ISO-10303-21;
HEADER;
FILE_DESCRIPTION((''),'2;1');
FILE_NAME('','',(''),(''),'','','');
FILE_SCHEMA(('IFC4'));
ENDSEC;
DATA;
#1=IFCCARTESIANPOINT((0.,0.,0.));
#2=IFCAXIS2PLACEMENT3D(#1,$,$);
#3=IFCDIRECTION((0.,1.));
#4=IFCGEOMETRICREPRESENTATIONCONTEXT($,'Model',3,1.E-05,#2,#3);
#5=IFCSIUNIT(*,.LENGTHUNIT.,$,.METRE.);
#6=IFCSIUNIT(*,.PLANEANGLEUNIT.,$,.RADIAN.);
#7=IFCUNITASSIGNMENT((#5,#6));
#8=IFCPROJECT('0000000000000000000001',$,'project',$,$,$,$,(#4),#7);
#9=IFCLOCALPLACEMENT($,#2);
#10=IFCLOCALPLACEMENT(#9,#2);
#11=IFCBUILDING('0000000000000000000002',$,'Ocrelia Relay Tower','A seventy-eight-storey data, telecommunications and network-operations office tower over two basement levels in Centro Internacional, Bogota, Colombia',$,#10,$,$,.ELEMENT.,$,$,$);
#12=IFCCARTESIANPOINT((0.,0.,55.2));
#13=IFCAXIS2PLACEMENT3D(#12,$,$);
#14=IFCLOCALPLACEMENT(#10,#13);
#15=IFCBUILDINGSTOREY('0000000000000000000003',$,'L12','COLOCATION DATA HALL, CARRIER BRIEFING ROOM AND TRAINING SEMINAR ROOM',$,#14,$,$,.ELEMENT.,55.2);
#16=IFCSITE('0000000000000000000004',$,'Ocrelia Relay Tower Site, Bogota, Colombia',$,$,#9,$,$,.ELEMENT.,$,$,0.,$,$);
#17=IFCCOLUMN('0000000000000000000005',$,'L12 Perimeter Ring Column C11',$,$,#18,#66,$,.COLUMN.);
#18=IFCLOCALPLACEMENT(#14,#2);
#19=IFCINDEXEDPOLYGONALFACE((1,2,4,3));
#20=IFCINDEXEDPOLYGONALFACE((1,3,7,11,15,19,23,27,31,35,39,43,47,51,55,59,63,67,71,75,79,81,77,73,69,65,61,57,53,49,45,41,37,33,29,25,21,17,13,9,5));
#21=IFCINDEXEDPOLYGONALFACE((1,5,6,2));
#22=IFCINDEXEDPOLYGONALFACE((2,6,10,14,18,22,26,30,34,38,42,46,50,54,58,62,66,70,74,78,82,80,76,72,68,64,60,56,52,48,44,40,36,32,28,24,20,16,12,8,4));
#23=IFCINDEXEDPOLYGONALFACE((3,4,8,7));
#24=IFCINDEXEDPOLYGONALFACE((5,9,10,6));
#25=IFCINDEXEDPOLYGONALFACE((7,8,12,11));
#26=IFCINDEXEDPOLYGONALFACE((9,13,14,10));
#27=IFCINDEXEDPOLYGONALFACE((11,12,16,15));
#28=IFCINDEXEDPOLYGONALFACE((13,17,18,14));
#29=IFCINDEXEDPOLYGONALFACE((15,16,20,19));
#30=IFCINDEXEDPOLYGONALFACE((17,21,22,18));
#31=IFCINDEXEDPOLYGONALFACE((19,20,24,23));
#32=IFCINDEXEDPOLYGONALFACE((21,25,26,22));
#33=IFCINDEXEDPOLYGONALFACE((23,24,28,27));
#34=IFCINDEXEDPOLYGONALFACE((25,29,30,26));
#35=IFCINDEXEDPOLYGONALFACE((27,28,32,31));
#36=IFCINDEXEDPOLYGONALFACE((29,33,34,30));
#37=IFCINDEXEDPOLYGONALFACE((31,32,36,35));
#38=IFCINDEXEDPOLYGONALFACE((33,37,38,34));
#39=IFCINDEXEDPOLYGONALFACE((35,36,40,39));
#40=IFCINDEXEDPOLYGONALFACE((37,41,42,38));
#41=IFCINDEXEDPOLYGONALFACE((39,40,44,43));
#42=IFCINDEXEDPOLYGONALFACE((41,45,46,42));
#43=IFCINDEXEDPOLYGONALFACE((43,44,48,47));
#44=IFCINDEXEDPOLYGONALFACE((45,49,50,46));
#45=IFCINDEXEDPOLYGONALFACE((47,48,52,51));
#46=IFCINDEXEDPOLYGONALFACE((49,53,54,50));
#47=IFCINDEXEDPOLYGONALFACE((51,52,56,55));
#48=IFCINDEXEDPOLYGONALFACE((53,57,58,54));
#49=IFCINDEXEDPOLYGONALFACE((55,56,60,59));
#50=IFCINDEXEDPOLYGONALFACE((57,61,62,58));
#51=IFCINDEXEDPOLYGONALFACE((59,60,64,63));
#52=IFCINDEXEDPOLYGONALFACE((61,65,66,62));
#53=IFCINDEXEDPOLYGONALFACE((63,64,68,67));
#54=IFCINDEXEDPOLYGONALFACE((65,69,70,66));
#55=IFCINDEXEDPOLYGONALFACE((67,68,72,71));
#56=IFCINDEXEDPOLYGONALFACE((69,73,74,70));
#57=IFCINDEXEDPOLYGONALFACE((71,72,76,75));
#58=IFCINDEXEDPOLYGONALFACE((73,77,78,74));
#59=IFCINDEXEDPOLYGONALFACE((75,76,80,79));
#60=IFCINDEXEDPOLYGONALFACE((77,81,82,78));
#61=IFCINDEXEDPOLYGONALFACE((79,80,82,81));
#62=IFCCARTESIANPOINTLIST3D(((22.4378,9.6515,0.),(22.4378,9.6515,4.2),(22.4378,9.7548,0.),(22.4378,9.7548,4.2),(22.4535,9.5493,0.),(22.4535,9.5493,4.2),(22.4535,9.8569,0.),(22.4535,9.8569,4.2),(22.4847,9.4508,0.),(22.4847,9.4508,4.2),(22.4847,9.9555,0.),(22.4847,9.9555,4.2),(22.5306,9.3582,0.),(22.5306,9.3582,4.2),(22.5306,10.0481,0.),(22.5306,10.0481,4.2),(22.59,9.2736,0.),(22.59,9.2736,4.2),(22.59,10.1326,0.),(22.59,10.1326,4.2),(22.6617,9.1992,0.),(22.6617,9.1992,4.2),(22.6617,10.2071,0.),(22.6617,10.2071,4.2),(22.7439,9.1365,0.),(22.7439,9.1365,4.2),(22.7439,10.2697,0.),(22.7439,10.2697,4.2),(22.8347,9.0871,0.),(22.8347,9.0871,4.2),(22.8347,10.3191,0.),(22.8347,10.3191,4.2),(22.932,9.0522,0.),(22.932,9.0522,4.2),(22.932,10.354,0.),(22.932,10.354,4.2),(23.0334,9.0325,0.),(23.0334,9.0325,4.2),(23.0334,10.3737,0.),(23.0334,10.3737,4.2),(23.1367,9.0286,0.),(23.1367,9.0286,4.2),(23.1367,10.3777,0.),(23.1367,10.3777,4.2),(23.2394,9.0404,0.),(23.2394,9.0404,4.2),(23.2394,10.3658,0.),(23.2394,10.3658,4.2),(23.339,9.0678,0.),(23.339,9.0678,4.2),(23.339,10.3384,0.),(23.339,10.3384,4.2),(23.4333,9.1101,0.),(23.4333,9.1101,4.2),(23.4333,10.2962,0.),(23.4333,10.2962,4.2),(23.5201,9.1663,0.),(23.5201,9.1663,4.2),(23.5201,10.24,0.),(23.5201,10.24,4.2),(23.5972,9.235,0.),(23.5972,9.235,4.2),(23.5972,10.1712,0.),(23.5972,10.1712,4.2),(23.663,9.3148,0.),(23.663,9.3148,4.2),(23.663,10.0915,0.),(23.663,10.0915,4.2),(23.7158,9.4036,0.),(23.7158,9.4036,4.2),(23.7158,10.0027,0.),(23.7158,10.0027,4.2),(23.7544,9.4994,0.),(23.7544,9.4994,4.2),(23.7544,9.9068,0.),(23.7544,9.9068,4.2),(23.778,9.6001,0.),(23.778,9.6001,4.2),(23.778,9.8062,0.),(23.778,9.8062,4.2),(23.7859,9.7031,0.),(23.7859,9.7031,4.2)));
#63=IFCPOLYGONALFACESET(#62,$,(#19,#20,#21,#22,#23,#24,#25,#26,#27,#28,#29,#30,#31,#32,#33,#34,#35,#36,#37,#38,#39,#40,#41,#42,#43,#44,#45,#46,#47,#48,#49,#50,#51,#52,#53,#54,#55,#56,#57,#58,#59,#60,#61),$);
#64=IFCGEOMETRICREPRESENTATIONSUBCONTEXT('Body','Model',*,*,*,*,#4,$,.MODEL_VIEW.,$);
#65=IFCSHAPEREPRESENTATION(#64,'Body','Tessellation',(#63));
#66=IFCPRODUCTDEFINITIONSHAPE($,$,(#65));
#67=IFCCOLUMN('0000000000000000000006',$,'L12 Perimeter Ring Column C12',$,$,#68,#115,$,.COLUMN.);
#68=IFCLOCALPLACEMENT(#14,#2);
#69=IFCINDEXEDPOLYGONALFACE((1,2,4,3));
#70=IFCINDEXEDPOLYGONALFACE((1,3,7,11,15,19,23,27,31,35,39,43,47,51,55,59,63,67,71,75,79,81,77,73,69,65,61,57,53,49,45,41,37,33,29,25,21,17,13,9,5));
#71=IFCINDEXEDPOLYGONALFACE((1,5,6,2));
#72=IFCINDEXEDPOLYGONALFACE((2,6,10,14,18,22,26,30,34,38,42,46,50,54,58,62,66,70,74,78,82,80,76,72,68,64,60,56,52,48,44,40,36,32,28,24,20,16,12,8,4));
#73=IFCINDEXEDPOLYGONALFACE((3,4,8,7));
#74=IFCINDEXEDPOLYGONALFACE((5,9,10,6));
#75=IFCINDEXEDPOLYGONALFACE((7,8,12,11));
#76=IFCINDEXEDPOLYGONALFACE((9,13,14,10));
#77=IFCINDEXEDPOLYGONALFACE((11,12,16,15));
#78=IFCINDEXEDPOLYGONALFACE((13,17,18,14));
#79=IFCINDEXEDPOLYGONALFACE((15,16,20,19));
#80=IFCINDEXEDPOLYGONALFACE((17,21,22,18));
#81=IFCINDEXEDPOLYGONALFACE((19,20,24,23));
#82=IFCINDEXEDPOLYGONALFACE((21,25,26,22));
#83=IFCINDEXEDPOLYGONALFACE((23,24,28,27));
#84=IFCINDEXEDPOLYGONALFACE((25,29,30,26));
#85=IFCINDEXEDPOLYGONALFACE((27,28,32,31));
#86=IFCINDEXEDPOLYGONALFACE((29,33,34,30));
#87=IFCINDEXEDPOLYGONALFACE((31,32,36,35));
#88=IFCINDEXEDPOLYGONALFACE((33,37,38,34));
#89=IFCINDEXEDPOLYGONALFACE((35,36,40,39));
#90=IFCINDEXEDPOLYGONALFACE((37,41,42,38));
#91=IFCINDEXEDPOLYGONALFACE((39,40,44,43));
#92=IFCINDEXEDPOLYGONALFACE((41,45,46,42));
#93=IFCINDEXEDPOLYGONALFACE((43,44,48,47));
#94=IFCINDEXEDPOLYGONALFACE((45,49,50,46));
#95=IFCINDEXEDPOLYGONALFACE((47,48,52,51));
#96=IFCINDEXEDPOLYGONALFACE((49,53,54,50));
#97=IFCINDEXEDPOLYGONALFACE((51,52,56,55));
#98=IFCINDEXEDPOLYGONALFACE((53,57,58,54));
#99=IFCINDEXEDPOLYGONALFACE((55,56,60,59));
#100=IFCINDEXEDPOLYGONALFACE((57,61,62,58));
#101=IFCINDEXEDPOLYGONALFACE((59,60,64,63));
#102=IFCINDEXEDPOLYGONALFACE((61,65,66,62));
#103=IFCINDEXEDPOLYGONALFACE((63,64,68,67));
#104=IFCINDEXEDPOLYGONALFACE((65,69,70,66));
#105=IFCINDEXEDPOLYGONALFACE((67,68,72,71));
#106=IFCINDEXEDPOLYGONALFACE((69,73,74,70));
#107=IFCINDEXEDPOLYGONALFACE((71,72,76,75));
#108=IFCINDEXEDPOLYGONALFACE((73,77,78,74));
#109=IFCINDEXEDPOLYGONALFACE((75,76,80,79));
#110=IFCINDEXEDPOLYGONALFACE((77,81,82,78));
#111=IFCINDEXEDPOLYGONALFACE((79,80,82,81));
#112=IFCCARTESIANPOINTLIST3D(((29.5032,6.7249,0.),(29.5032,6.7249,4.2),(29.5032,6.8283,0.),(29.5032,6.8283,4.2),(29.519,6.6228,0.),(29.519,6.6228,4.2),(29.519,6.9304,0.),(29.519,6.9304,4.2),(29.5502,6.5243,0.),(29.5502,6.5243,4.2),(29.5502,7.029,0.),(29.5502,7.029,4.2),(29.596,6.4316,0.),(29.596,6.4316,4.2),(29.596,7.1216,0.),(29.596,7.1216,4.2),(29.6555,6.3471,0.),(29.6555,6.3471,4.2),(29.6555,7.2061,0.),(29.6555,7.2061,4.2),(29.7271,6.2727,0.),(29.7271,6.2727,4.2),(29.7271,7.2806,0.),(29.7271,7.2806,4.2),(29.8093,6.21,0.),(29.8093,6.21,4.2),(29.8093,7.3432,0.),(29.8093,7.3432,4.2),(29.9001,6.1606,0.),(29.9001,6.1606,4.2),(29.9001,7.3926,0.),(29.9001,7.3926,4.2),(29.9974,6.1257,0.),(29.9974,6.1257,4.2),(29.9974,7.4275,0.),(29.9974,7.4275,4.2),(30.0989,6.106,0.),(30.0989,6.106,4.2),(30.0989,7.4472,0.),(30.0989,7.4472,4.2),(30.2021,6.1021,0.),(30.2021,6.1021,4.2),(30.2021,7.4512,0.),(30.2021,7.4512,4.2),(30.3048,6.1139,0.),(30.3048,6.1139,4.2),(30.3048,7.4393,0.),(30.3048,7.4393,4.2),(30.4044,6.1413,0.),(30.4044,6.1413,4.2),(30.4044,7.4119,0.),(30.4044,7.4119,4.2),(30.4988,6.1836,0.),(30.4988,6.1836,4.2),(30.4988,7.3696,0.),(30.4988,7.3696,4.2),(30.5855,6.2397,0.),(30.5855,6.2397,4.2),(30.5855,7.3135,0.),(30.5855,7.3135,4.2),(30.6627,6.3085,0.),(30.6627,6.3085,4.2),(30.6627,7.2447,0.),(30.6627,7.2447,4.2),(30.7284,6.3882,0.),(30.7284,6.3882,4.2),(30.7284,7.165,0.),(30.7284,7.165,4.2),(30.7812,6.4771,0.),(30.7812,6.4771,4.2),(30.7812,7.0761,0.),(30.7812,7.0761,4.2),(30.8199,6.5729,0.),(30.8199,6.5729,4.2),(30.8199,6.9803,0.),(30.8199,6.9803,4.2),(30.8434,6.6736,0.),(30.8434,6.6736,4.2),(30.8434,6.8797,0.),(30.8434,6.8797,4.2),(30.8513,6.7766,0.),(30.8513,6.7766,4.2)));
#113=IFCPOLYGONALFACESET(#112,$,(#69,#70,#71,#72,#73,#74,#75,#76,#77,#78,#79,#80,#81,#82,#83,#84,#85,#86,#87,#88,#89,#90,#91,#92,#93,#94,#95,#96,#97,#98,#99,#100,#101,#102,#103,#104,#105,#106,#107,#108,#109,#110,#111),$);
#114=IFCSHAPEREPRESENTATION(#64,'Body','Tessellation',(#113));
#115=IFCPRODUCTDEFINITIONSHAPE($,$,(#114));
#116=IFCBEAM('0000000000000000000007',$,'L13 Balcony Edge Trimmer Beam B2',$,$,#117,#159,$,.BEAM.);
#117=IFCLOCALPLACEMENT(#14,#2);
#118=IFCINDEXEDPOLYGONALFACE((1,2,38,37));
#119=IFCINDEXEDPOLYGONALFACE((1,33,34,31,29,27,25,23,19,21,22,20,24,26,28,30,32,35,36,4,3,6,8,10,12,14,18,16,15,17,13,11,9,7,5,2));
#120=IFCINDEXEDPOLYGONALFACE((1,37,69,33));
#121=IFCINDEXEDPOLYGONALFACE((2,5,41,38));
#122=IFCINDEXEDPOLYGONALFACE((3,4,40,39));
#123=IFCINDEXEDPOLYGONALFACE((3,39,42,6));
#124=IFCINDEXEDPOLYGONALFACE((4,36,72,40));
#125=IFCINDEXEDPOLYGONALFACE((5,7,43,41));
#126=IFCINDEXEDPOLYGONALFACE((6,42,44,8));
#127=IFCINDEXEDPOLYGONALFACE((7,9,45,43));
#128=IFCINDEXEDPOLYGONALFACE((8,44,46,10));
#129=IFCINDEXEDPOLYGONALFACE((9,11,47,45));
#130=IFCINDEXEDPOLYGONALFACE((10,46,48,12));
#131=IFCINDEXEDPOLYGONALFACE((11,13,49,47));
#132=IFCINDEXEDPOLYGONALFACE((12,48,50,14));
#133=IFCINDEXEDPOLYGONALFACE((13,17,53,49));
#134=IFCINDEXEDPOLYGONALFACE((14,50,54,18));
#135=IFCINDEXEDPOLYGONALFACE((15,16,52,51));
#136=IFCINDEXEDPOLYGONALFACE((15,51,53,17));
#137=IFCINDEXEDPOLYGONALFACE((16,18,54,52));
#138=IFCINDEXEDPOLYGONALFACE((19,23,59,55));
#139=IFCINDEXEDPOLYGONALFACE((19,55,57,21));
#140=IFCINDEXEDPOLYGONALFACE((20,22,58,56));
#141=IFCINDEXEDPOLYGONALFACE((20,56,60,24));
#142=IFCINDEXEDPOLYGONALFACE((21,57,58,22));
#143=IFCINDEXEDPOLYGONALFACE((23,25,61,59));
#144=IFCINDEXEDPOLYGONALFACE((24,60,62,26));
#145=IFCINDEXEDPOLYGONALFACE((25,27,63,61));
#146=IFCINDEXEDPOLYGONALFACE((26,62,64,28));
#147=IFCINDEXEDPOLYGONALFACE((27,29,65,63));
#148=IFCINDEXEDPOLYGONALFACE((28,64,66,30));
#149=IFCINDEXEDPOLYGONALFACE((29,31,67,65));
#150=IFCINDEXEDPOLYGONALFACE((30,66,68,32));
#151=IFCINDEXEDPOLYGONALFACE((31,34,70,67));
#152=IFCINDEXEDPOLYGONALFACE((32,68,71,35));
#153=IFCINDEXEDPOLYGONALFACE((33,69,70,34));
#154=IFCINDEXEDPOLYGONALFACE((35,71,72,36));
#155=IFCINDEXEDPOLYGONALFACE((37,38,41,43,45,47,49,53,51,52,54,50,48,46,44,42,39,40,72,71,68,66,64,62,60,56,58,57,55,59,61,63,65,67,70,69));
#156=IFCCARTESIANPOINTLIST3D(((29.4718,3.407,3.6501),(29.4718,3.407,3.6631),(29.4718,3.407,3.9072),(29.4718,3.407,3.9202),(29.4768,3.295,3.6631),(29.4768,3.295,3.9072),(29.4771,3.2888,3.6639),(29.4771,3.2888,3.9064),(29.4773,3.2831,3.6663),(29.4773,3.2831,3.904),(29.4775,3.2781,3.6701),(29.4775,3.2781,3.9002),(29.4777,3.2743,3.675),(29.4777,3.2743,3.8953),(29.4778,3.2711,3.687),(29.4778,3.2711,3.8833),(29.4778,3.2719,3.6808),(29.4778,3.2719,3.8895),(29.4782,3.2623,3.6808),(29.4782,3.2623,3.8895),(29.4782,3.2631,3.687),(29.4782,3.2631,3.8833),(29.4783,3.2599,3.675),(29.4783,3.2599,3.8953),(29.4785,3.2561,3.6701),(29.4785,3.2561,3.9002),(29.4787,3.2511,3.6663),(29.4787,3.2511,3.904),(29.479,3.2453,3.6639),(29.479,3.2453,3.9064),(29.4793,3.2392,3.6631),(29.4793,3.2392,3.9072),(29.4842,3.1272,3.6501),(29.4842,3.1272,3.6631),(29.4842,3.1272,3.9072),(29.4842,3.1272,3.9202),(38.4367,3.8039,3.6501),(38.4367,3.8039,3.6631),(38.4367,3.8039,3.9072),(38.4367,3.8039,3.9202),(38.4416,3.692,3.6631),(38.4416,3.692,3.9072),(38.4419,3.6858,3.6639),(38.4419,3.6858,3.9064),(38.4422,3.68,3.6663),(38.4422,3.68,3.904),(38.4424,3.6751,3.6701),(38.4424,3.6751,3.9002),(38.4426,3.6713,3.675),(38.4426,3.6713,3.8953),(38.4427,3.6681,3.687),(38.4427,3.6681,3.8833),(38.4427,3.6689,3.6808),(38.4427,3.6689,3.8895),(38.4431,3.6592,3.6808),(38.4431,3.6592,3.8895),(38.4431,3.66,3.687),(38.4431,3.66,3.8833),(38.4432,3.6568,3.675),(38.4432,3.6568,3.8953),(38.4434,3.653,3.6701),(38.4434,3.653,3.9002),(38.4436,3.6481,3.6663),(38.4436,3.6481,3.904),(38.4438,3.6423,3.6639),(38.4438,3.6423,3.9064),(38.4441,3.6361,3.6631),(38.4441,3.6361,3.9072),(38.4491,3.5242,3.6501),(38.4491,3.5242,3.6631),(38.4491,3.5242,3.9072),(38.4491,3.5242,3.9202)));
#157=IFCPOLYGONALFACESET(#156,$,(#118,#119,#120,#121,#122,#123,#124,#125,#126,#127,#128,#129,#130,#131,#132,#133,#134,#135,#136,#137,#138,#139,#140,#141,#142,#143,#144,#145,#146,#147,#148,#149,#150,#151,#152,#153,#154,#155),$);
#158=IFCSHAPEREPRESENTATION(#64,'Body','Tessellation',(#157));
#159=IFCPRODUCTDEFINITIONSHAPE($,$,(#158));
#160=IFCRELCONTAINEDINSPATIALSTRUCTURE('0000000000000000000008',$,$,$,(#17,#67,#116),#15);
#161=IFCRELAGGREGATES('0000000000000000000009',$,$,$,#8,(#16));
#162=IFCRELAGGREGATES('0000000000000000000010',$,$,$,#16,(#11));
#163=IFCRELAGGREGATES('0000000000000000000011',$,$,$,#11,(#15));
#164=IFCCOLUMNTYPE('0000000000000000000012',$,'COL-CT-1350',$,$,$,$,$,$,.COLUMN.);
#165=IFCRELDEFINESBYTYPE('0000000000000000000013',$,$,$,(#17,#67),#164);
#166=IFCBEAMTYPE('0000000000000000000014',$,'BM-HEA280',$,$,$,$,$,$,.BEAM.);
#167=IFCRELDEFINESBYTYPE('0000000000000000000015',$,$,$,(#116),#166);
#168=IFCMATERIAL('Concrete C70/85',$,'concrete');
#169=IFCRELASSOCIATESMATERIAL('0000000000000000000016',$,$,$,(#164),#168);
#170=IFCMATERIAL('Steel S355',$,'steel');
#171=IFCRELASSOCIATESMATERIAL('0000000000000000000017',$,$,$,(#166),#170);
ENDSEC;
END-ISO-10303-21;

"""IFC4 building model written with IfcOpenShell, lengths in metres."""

from ifc_helpers import new_model, si_unit, direction, frame, origin, origin_2d, place, context, subcontext, project, spatial, circle, i_section, extrude, material, material_profile, profile_set, type_object, element, save


model = new_model("IFC4")

# Units and contexts
model_context = context("Model", 3, precision=1e-05, world=origin(), true_north=direction((0.0, 1.0)))
body_context = subcontext(model_context, "Body", "Model", "MODEL_VIEW")
ifc_project = project(units=[si_unit("LENGTHUNIT", "METRE"), si_unit("PLANEANGLEUNIT", "RADIAN")], contexts=[model_context])

# Site, building, storey
site_placement = place(None, origin())
site = spatial("IfcSite", under=ifc_project, at=site_placement, Name="Ocrelia Relay Tower Site, Bogota, Colombia", CompositionType="ELEMENT", RefElevation=0.0)
building_placement = place(site_placement, origin())
building = spatial("IfcBuilding", under=site, at=building_placement, Name="Ocrelia Relay Tower", Description="A seventy-eight-storey data, telecommunications and network-operations office tower over two basement levels in Centro Internacional, Bogota, Colombia", CompositionType="ELEMENT")
storey_placement = place(building_placement, frame((0.0, 0.0, 55.2)))
storey = spatial("IfcBuildingStorey", under=building, at=storey_placement, Name="L12", Description="COLOCATION DATA HALL, CARRIER BRIEFING ROOM AND TRAINING SEMINAR ROOM", CompositionType="ELEMENT", Elevation=55.2)

# Columns
ifc_material_1 = material(Name="Concrete C70/85", Category="concrete")
ifc_material_profile_1 = material_profile(ifc_material_1, circle(Radius=0.675, at=origin_2d()), Name="RC-CIR-1350")
ifc_profile_set_1 = profile_set([ifc_material_profile_1], Name="Concrete C70/85")
column_type = type_object("IfcColumnType", Name="COL-CT-1350", PredefinedType="COLUMN", material=ifc_profile_set_1)
for number, where, z_axis, x_axis, name in (
    (1, (23.1108, 9.7031, 0.0), (0.0, 0.0, 1.0), (1.0, 0.0, 0.0), "L12 Perimeter Ring Column C11"),
    (2, (30.1763, 6.7766, 0.0), (0.0, 0.0, 1.0), (1.0, 0.0, 0.0), "L12 Perimeter Ring Column C12"),
):
    element("IfcColumn", number, at=place(storey_placement, frame(where, z_axis=z_axis, x_axis=x_axis)), inside=storey, type_object=column_type, Name=name, PredefinedType="COLUMN", context=body_context, shape_type="SweptSolid", body=[
        extrude(circle(Radius=0.675, at=origin_2d()), origin(), (0.0, 0.0, 1.0), 4.2),
    ])

# Beam
ifc_material_2 = material(Name="Steel S355", Category="steel")
ifc_material_profile_2 = material_profile(ifc_material_2, i_section(OverallWidth=0.28, OverallDepth=0.27, WebThickness=0.0081, FlangeThickness=0.0129, FilletRadius=0.0239, at=origin_2d()), Name="HEA 280")
ifc_profile_set_2 = profile_set([ifc_material_profile_2], Name="Steel S355")
beam_type_1 = type_object("IfcBeamType", Name="BM-HEA280", PredefinedType="BEAM", material=ifc_profile_set_2)
beam_1_placement = place(storey_placement, frame((29.478, 3.2671, 3.7852), z_axis=(0.999021, 0.044238, 0.0), x_axis=(-0.044238, 0.999021, 0.0)))
element("IfcBeam", 3, at=beam_1_placement, inside=storey, type_object=beam_type_1, Name="L13 Balcony Edge Trimmer Beam B2", PredefinedType="BEAM", context=body_context, shape_type="SweptSolid", body=[
    extrude(i_section(OverallWidth=0.28, OverallDepth=0.27, WebThickness=0.0081, FlangeThickness=0.0129, FilletRadius=0.0239, at=origin_2d()), origin(), (0.0, 0.0, 1.0), 8.9736),
])

save(model, "model.ifc")
